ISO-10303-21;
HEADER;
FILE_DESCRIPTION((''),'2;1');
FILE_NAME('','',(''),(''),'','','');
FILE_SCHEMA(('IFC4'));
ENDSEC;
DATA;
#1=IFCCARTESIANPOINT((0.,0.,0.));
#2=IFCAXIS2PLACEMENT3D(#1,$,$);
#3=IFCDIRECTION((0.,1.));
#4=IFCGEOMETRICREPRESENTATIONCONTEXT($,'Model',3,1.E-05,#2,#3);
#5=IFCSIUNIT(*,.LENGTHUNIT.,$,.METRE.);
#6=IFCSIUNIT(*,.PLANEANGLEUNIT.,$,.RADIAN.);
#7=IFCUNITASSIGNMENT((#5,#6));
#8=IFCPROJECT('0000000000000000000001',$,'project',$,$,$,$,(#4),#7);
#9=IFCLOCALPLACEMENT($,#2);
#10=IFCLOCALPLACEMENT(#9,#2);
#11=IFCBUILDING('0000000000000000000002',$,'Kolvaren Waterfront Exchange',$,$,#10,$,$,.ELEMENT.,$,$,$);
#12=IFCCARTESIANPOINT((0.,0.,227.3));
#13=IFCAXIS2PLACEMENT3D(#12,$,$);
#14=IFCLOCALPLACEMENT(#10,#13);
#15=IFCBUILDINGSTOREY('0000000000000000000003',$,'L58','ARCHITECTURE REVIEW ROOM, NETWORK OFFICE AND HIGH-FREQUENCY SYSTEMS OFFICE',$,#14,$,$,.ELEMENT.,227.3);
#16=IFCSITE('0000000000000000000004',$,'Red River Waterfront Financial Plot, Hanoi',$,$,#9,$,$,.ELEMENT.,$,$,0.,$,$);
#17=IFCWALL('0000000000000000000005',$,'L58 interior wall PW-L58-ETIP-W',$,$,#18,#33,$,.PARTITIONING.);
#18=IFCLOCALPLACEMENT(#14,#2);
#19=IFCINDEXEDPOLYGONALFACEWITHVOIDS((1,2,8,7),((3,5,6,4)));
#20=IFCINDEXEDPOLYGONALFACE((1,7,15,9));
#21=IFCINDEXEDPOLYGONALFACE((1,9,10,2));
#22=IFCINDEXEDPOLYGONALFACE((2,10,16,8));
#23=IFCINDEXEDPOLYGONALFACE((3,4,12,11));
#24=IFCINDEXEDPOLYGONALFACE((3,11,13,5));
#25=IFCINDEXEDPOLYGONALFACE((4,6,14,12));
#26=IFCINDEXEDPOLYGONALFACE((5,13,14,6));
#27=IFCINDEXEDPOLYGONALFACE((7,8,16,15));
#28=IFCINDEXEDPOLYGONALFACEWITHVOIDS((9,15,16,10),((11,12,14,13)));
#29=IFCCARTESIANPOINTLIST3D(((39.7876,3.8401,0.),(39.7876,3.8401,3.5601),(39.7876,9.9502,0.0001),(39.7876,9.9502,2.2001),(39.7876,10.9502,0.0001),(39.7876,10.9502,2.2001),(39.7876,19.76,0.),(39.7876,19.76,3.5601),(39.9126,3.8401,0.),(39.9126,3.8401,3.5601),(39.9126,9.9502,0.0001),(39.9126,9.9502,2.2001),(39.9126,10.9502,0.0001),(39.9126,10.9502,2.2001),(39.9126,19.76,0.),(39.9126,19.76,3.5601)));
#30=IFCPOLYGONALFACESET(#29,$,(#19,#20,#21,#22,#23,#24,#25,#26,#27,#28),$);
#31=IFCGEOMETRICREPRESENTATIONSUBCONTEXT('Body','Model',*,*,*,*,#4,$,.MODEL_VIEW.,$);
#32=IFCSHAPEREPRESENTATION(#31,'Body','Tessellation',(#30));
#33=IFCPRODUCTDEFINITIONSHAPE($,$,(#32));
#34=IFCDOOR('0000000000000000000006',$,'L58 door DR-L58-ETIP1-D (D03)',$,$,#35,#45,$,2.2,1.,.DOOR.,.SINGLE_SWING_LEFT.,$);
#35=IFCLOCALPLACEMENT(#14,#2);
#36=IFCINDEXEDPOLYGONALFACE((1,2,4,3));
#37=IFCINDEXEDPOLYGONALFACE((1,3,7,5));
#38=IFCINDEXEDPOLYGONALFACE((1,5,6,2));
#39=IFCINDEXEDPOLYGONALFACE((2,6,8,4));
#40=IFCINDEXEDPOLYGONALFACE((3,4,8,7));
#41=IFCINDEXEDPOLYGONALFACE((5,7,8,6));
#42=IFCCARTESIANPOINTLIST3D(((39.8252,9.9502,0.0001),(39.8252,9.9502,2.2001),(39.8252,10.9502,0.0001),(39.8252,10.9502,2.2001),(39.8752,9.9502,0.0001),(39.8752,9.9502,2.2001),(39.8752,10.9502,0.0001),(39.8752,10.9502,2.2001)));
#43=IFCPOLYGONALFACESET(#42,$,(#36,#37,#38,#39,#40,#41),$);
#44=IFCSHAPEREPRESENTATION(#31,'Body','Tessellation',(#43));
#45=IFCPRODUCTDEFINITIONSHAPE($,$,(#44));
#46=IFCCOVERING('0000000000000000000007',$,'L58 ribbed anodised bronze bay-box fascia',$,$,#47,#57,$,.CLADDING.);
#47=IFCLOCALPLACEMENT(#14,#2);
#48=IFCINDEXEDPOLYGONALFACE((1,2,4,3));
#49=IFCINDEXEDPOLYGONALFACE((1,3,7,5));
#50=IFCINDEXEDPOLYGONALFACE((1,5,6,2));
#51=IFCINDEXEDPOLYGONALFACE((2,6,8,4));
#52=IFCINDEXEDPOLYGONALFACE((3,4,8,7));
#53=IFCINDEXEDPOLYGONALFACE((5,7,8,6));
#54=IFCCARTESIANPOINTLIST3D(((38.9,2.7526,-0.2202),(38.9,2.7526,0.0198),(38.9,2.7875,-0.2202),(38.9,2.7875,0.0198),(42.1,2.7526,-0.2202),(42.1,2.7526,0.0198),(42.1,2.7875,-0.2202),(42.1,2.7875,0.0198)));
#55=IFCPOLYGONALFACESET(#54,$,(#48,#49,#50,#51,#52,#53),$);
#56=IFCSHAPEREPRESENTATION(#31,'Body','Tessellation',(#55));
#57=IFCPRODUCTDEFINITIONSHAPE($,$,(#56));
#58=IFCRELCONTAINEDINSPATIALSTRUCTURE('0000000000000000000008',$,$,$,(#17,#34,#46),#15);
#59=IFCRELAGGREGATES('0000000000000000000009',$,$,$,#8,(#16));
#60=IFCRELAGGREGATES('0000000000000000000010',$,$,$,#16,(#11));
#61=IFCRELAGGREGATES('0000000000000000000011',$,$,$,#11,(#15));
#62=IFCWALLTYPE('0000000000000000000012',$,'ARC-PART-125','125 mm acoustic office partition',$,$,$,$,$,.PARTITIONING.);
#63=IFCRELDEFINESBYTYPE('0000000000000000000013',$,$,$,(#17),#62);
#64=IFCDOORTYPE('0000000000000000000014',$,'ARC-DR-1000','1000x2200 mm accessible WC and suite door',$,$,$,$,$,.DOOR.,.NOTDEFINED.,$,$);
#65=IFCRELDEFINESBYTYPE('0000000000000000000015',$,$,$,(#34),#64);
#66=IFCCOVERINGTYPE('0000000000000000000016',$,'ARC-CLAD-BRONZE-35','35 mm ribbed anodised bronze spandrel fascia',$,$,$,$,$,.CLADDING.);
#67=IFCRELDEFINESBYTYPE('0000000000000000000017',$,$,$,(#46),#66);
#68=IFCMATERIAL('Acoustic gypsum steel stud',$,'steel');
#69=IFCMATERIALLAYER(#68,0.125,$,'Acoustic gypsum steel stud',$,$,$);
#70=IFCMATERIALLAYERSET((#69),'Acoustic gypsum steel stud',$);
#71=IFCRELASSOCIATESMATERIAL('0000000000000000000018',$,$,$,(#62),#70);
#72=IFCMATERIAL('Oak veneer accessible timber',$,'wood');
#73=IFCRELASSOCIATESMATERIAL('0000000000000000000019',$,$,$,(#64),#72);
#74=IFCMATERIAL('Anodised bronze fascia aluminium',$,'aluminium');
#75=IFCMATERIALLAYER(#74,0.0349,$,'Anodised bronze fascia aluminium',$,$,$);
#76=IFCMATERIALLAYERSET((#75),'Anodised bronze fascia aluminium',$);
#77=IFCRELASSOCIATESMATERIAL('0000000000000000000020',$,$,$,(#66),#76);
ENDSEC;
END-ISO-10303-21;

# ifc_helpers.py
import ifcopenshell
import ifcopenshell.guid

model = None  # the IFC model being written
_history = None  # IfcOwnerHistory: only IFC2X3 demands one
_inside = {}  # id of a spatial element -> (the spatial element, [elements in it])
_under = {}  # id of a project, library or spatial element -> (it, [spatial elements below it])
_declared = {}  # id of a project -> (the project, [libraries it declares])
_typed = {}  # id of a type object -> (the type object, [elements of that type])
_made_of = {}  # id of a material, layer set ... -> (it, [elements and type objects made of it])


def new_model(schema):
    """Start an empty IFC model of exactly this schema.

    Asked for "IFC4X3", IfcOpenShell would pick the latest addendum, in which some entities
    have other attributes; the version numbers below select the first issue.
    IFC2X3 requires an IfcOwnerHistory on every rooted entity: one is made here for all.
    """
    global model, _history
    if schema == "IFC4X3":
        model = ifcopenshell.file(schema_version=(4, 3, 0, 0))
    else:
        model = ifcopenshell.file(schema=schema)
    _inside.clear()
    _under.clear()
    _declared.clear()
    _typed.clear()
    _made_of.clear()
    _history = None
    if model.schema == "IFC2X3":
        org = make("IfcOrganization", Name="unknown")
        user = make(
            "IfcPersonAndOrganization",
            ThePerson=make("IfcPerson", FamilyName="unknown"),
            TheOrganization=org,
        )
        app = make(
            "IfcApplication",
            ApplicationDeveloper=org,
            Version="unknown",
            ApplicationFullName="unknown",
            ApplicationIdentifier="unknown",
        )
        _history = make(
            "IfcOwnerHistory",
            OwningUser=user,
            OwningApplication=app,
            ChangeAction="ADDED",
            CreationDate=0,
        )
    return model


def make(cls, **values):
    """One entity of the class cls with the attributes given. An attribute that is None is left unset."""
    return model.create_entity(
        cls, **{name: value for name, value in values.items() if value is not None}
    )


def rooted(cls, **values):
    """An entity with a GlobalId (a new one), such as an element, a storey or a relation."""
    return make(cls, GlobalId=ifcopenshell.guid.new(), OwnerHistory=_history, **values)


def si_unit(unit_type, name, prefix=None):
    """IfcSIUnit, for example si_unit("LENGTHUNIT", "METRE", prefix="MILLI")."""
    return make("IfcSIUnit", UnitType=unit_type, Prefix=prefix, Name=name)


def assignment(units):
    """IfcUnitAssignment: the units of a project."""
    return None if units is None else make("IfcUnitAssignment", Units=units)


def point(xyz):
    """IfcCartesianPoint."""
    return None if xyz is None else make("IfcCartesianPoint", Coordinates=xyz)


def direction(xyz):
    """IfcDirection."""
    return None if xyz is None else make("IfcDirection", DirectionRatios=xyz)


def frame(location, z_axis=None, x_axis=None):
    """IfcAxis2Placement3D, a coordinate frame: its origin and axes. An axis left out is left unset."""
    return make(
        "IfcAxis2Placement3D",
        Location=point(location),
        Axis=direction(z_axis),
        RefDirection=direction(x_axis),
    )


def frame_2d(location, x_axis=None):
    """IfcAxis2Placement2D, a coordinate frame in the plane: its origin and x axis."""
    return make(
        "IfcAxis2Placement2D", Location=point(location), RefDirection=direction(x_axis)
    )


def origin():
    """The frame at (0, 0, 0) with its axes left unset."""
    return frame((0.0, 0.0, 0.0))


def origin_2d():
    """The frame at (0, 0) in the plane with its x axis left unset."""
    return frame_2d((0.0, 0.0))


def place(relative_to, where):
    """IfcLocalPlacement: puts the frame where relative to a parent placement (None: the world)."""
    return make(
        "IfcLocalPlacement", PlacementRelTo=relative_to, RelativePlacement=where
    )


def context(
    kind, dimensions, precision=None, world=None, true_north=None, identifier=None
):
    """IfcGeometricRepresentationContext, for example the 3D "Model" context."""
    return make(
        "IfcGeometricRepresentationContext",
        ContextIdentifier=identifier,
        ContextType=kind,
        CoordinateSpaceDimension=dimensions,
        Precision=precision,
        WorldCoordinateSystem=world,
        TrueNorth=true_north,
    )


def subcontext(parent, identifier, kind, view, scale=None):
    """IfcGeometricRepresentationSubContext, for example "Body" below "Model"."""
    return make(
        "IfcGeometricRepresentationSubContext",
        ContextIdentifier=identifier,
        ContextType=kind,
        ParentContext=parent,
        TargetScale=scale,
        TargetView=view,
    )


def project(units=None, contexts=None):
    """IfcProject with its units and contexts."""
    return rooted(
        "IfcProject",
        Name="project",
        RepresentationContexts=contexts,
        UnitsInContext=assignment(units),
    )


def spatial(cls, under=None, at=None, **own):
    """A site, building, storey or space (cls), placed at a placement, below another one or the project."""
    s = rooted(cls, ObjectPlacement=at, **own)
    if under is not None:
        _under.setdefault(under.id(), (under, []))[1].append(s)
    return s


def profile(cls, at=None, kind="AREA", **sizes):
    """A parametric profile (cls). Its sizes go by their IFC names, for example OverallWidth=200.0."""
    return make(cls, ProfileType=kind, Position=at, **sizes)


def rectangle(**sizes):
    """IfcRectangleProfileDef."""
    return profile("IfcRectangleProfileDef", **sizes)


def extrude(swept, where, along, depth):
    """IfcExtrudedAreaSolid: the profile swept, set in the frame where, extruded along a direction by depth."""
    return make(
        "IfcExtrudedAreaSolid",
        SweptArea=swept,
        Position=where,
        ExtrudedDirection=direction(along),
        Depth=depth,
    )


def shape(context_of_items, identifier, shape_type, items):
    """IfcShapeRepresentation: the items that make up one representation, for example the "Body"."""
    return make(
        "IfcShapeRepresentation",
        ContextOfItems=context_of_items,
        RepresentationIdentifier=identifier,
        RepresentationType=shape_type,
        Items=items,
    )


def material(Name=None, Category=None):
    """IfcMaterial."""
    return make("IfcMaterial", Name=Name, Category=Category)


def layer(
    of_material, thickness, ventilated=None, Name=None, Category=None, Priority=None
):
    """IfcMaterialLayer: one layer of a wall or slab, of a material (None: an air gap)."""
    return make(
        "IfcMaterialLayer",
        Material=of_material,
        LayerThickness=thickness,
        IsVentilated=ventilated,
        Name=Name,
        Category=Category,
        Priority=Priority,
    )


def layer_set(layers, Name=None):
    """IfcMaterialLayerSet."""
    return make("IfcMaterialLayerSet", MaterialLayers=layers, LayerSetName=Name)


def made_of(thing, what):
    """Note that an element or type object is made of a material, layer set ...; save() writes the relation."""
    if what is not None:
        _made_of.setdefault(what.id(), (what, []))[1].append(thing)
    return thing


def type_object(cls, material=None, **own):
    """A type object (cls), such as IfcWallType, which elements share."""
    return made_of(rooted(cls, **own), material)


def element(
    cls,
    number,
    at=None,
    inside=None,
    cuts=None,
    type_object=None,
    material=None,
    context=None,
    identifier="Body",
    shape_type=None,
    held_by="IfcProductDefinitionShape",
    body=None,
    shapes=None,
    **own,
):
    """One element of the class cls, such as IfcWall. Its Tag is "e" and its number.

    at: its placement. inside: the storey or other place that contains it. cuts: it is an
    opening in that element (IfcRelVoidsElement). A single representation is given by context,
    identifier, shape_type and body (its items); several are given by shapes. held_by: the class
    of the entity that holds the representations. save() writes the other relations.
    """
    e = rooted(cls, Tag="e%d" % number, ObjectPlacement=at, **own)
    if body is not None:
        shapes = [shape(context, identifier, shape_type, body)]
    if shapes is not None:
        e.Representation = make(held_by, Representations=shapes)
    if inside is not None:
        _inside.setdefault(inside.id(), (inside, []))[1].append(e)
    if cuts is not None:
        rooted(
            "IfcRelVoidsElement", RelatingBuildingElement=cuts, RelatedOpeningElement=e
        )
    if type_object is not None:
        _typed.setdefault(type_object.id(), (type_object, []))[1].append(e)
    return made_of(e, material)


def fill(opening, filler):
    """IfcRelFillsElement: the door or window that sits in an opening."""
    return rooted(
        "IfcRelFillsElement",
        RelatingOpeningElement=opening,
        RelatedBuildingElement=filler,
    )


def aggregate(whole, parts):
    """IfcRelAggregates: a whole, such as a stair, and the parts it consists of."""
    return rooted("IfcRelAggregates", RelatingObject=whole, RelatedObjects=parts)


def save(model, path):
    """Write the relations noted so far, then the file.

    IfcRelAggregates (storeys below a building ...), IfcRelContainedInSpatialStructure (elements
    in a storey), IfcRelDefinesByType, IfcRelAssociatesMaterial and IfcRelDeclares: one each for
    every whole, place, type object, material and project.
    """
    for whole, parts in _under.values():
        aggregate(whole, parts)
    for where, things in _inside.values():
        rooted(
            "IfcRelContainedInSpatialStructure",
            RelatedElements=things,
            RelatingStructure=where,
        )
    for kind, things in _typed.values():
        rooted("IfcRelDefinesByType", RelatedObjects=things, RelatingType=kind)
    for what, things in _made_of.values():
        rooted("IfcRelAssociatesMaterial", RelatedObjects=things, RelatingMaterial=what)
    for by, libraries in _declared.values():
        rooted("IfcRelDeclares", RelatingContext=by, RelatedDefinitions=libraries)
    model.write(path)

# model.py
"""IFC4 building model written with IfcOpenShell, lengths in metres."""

from ifc_helpers import new_model, si_unit, direction, frame, frame_2d, origin, origin_2d, place, context, subcontext, project, spatial, rectangle, extrude, material, layer, layer_set, type_object, element, fill, save


model = new_model("IFC4")

# Units and contexts
model_context = context("Model", 3, precision=1e-05, world=origin(), true_north=direction((0.0, 1.0)))
body_context = subcontext(model_context, "Body", "Model", "MODEL_VIEW")
ifc_project = project(units=[si_unit("LENGTHUNIT", "METRE"), si_unit("PLANEANGLEUNIT", "RADIAN")], contexts=[model_context])

# Site, building, storey
site_placement = place(None, origin())
site = spatial("IfcSite", under=ifc_project, at=site_placement, Name="Red River Waterfront Financial Plot, Hanoi", CompositionType="ELEMENT", RefElevation=0.0)
building_placement = place(site_placement, origin())
building = spatial("IfcBuilding", under=site, at=building_placement, Name="Kolvaren Waterfront Exchange", CompositionType="ELEMENT")
storey_placement = place(building_placement, frame((0.0, 0.0, 227.3)))
storey = spatial("IfcBuildingStorey", under=building, at=storey_placement, Name="L58", Description="ARCHITECTURE REVIEW ROOM, NETWORK OFFICE AND HIGH-FREQUENCY SYSTEMS OFFICE", CompositionType="ELEMENT", Elevation=227.3)

# Shared definitions
ifc_material_1 = material(Name="Acoustic gypsum steel stud", Category="steel")
ifc_layer_1 = layer(ifc_material_1, 0.125, Name="Acoustic gypsum steel stud")
ifc_layer_set_1 = layer_set([ifc_layer_1], Name="Acoustic gypsum steel stud")
wall_type_1 = type_object("IfcWallType", Name="ARC-PART-125", Description="125 mm acoustic office partition", PredefinedType="PARTITIONING", material=ifc_layer_set_1)

# Wall, opening, door
wall_1_placement = place(storey_placement, frame((39.8501, 3.8401, 0.0), z_axis=(0.0, 0.0, 1.0), x_axis=(0.0, 1.0, 0.0)))
wall_1 = element("IfcWall", 1, at=wall_1_placement, inside=storey, type_object=wall_type_1, Name="L58 interior wall PW-L58-ETIP-W", PredefinedType="PARTITIONING", context=body_context, shape_type="SweptSolid", body=[
    extrude(rectangle(XDim=15.9199, YDim=0.125, at=frame_2d((7.96, 0.0))), origin(), (0.0, 0.0, 1.0), 3.5601),
])
opening_placement = place(wall_1_placement, frame((6.1101, 0.0, 0.0)))
opening = element("IfcOpeningElement", 2, at=opening_placement, cuts=wall_1, PredefinedType="OPENING", context=body_context, shape_type="SweptSolid", body=[
    extrude(rectangle(XDim=1.0, YDim=2.2, at=frame_2d((0.5, 1.1001))), frame((0.0, 0.0725, 0.0), z_axis=(0.0, -1.0, 0.0), x_axis=(1.0, 0.0, 0.0)), (0.0, 0.0, 1.0), 0.145),
])
ifc_material_2 = material(Name="Oak veneer accessible timber", Category="wood")
door_type = type_object("IfcDoorType", Name="ARC-DR-1000", Description="1000x2200 mm accessible WC and suite door", OperationType="NOTDEFINED", PredefinedType="DOOR", material=ifc_material_2)
door_placement = place(opening_placement, origin())
door = element("IfcDoor", 3, at=door_placement, inside=storey, type_object=door_type, Name="L58 door DR-L58-ETIP1-D (D03)", OperationType="SINGLE_SWING_LEFT", OverallHeight=2.2, OverallWidth=1.0, PredefinedType="DOOR", context=body_context, shape_type="SweptSolid", body=[
    extrude(rectangle(XDim=1.0, YDim=2.2, at=frame_2d((0.5, 1.1001))), frame((0.0, 0.0249, 0.0), z_axis=(0.0, -1.0, 0.0), x_axis=(1.0, 0.0, 0.0)), (0.0, 0.0, 1.0), 0.05),
])
fill(opening, door)

# Covering
ifc_material_3 = material(Name="Anodised bronze fascia aluminium", Category="aluminium")
ifc_layer_2 = layer(ifc_material_3, 0.0349, Name="Anodised bronze fascia aluminium")
ifc_layer_set_2 = layer_set([ifc_layer_2], Name="Anodised bronze fascia aluminium")
covering_type = type_object("IfcCoveringType", Name="ARC-CLAD-BRONZE-35", Description="35 mm ribbed anodised bronze spandrel fascia", PredefinedType="CLADDING", material=ifc_layer_set_2)
covering_placement = place(storey_placement, frame((40.5, 2.77, -0.2202), z_axis=(0.0, 0.0, 1.0), x_axis=(1.0, 0.0, 0.0)))
element("IfcCovering", 4, at=covering_placement, inside=storey, type_object=covering_type, Name="L58 ribbed anodised bronze bay-box fascia", PredefinedType="CLADDING", context=body_context, shape_type="SweptSolid", body=[
    extrude(rectangle(XDim=3.2, YDim=0.0349, at=origin_2d()), origin(), (0.0, 0.0, 1.0), 0.24),
])

save(model, "model.ifc")
